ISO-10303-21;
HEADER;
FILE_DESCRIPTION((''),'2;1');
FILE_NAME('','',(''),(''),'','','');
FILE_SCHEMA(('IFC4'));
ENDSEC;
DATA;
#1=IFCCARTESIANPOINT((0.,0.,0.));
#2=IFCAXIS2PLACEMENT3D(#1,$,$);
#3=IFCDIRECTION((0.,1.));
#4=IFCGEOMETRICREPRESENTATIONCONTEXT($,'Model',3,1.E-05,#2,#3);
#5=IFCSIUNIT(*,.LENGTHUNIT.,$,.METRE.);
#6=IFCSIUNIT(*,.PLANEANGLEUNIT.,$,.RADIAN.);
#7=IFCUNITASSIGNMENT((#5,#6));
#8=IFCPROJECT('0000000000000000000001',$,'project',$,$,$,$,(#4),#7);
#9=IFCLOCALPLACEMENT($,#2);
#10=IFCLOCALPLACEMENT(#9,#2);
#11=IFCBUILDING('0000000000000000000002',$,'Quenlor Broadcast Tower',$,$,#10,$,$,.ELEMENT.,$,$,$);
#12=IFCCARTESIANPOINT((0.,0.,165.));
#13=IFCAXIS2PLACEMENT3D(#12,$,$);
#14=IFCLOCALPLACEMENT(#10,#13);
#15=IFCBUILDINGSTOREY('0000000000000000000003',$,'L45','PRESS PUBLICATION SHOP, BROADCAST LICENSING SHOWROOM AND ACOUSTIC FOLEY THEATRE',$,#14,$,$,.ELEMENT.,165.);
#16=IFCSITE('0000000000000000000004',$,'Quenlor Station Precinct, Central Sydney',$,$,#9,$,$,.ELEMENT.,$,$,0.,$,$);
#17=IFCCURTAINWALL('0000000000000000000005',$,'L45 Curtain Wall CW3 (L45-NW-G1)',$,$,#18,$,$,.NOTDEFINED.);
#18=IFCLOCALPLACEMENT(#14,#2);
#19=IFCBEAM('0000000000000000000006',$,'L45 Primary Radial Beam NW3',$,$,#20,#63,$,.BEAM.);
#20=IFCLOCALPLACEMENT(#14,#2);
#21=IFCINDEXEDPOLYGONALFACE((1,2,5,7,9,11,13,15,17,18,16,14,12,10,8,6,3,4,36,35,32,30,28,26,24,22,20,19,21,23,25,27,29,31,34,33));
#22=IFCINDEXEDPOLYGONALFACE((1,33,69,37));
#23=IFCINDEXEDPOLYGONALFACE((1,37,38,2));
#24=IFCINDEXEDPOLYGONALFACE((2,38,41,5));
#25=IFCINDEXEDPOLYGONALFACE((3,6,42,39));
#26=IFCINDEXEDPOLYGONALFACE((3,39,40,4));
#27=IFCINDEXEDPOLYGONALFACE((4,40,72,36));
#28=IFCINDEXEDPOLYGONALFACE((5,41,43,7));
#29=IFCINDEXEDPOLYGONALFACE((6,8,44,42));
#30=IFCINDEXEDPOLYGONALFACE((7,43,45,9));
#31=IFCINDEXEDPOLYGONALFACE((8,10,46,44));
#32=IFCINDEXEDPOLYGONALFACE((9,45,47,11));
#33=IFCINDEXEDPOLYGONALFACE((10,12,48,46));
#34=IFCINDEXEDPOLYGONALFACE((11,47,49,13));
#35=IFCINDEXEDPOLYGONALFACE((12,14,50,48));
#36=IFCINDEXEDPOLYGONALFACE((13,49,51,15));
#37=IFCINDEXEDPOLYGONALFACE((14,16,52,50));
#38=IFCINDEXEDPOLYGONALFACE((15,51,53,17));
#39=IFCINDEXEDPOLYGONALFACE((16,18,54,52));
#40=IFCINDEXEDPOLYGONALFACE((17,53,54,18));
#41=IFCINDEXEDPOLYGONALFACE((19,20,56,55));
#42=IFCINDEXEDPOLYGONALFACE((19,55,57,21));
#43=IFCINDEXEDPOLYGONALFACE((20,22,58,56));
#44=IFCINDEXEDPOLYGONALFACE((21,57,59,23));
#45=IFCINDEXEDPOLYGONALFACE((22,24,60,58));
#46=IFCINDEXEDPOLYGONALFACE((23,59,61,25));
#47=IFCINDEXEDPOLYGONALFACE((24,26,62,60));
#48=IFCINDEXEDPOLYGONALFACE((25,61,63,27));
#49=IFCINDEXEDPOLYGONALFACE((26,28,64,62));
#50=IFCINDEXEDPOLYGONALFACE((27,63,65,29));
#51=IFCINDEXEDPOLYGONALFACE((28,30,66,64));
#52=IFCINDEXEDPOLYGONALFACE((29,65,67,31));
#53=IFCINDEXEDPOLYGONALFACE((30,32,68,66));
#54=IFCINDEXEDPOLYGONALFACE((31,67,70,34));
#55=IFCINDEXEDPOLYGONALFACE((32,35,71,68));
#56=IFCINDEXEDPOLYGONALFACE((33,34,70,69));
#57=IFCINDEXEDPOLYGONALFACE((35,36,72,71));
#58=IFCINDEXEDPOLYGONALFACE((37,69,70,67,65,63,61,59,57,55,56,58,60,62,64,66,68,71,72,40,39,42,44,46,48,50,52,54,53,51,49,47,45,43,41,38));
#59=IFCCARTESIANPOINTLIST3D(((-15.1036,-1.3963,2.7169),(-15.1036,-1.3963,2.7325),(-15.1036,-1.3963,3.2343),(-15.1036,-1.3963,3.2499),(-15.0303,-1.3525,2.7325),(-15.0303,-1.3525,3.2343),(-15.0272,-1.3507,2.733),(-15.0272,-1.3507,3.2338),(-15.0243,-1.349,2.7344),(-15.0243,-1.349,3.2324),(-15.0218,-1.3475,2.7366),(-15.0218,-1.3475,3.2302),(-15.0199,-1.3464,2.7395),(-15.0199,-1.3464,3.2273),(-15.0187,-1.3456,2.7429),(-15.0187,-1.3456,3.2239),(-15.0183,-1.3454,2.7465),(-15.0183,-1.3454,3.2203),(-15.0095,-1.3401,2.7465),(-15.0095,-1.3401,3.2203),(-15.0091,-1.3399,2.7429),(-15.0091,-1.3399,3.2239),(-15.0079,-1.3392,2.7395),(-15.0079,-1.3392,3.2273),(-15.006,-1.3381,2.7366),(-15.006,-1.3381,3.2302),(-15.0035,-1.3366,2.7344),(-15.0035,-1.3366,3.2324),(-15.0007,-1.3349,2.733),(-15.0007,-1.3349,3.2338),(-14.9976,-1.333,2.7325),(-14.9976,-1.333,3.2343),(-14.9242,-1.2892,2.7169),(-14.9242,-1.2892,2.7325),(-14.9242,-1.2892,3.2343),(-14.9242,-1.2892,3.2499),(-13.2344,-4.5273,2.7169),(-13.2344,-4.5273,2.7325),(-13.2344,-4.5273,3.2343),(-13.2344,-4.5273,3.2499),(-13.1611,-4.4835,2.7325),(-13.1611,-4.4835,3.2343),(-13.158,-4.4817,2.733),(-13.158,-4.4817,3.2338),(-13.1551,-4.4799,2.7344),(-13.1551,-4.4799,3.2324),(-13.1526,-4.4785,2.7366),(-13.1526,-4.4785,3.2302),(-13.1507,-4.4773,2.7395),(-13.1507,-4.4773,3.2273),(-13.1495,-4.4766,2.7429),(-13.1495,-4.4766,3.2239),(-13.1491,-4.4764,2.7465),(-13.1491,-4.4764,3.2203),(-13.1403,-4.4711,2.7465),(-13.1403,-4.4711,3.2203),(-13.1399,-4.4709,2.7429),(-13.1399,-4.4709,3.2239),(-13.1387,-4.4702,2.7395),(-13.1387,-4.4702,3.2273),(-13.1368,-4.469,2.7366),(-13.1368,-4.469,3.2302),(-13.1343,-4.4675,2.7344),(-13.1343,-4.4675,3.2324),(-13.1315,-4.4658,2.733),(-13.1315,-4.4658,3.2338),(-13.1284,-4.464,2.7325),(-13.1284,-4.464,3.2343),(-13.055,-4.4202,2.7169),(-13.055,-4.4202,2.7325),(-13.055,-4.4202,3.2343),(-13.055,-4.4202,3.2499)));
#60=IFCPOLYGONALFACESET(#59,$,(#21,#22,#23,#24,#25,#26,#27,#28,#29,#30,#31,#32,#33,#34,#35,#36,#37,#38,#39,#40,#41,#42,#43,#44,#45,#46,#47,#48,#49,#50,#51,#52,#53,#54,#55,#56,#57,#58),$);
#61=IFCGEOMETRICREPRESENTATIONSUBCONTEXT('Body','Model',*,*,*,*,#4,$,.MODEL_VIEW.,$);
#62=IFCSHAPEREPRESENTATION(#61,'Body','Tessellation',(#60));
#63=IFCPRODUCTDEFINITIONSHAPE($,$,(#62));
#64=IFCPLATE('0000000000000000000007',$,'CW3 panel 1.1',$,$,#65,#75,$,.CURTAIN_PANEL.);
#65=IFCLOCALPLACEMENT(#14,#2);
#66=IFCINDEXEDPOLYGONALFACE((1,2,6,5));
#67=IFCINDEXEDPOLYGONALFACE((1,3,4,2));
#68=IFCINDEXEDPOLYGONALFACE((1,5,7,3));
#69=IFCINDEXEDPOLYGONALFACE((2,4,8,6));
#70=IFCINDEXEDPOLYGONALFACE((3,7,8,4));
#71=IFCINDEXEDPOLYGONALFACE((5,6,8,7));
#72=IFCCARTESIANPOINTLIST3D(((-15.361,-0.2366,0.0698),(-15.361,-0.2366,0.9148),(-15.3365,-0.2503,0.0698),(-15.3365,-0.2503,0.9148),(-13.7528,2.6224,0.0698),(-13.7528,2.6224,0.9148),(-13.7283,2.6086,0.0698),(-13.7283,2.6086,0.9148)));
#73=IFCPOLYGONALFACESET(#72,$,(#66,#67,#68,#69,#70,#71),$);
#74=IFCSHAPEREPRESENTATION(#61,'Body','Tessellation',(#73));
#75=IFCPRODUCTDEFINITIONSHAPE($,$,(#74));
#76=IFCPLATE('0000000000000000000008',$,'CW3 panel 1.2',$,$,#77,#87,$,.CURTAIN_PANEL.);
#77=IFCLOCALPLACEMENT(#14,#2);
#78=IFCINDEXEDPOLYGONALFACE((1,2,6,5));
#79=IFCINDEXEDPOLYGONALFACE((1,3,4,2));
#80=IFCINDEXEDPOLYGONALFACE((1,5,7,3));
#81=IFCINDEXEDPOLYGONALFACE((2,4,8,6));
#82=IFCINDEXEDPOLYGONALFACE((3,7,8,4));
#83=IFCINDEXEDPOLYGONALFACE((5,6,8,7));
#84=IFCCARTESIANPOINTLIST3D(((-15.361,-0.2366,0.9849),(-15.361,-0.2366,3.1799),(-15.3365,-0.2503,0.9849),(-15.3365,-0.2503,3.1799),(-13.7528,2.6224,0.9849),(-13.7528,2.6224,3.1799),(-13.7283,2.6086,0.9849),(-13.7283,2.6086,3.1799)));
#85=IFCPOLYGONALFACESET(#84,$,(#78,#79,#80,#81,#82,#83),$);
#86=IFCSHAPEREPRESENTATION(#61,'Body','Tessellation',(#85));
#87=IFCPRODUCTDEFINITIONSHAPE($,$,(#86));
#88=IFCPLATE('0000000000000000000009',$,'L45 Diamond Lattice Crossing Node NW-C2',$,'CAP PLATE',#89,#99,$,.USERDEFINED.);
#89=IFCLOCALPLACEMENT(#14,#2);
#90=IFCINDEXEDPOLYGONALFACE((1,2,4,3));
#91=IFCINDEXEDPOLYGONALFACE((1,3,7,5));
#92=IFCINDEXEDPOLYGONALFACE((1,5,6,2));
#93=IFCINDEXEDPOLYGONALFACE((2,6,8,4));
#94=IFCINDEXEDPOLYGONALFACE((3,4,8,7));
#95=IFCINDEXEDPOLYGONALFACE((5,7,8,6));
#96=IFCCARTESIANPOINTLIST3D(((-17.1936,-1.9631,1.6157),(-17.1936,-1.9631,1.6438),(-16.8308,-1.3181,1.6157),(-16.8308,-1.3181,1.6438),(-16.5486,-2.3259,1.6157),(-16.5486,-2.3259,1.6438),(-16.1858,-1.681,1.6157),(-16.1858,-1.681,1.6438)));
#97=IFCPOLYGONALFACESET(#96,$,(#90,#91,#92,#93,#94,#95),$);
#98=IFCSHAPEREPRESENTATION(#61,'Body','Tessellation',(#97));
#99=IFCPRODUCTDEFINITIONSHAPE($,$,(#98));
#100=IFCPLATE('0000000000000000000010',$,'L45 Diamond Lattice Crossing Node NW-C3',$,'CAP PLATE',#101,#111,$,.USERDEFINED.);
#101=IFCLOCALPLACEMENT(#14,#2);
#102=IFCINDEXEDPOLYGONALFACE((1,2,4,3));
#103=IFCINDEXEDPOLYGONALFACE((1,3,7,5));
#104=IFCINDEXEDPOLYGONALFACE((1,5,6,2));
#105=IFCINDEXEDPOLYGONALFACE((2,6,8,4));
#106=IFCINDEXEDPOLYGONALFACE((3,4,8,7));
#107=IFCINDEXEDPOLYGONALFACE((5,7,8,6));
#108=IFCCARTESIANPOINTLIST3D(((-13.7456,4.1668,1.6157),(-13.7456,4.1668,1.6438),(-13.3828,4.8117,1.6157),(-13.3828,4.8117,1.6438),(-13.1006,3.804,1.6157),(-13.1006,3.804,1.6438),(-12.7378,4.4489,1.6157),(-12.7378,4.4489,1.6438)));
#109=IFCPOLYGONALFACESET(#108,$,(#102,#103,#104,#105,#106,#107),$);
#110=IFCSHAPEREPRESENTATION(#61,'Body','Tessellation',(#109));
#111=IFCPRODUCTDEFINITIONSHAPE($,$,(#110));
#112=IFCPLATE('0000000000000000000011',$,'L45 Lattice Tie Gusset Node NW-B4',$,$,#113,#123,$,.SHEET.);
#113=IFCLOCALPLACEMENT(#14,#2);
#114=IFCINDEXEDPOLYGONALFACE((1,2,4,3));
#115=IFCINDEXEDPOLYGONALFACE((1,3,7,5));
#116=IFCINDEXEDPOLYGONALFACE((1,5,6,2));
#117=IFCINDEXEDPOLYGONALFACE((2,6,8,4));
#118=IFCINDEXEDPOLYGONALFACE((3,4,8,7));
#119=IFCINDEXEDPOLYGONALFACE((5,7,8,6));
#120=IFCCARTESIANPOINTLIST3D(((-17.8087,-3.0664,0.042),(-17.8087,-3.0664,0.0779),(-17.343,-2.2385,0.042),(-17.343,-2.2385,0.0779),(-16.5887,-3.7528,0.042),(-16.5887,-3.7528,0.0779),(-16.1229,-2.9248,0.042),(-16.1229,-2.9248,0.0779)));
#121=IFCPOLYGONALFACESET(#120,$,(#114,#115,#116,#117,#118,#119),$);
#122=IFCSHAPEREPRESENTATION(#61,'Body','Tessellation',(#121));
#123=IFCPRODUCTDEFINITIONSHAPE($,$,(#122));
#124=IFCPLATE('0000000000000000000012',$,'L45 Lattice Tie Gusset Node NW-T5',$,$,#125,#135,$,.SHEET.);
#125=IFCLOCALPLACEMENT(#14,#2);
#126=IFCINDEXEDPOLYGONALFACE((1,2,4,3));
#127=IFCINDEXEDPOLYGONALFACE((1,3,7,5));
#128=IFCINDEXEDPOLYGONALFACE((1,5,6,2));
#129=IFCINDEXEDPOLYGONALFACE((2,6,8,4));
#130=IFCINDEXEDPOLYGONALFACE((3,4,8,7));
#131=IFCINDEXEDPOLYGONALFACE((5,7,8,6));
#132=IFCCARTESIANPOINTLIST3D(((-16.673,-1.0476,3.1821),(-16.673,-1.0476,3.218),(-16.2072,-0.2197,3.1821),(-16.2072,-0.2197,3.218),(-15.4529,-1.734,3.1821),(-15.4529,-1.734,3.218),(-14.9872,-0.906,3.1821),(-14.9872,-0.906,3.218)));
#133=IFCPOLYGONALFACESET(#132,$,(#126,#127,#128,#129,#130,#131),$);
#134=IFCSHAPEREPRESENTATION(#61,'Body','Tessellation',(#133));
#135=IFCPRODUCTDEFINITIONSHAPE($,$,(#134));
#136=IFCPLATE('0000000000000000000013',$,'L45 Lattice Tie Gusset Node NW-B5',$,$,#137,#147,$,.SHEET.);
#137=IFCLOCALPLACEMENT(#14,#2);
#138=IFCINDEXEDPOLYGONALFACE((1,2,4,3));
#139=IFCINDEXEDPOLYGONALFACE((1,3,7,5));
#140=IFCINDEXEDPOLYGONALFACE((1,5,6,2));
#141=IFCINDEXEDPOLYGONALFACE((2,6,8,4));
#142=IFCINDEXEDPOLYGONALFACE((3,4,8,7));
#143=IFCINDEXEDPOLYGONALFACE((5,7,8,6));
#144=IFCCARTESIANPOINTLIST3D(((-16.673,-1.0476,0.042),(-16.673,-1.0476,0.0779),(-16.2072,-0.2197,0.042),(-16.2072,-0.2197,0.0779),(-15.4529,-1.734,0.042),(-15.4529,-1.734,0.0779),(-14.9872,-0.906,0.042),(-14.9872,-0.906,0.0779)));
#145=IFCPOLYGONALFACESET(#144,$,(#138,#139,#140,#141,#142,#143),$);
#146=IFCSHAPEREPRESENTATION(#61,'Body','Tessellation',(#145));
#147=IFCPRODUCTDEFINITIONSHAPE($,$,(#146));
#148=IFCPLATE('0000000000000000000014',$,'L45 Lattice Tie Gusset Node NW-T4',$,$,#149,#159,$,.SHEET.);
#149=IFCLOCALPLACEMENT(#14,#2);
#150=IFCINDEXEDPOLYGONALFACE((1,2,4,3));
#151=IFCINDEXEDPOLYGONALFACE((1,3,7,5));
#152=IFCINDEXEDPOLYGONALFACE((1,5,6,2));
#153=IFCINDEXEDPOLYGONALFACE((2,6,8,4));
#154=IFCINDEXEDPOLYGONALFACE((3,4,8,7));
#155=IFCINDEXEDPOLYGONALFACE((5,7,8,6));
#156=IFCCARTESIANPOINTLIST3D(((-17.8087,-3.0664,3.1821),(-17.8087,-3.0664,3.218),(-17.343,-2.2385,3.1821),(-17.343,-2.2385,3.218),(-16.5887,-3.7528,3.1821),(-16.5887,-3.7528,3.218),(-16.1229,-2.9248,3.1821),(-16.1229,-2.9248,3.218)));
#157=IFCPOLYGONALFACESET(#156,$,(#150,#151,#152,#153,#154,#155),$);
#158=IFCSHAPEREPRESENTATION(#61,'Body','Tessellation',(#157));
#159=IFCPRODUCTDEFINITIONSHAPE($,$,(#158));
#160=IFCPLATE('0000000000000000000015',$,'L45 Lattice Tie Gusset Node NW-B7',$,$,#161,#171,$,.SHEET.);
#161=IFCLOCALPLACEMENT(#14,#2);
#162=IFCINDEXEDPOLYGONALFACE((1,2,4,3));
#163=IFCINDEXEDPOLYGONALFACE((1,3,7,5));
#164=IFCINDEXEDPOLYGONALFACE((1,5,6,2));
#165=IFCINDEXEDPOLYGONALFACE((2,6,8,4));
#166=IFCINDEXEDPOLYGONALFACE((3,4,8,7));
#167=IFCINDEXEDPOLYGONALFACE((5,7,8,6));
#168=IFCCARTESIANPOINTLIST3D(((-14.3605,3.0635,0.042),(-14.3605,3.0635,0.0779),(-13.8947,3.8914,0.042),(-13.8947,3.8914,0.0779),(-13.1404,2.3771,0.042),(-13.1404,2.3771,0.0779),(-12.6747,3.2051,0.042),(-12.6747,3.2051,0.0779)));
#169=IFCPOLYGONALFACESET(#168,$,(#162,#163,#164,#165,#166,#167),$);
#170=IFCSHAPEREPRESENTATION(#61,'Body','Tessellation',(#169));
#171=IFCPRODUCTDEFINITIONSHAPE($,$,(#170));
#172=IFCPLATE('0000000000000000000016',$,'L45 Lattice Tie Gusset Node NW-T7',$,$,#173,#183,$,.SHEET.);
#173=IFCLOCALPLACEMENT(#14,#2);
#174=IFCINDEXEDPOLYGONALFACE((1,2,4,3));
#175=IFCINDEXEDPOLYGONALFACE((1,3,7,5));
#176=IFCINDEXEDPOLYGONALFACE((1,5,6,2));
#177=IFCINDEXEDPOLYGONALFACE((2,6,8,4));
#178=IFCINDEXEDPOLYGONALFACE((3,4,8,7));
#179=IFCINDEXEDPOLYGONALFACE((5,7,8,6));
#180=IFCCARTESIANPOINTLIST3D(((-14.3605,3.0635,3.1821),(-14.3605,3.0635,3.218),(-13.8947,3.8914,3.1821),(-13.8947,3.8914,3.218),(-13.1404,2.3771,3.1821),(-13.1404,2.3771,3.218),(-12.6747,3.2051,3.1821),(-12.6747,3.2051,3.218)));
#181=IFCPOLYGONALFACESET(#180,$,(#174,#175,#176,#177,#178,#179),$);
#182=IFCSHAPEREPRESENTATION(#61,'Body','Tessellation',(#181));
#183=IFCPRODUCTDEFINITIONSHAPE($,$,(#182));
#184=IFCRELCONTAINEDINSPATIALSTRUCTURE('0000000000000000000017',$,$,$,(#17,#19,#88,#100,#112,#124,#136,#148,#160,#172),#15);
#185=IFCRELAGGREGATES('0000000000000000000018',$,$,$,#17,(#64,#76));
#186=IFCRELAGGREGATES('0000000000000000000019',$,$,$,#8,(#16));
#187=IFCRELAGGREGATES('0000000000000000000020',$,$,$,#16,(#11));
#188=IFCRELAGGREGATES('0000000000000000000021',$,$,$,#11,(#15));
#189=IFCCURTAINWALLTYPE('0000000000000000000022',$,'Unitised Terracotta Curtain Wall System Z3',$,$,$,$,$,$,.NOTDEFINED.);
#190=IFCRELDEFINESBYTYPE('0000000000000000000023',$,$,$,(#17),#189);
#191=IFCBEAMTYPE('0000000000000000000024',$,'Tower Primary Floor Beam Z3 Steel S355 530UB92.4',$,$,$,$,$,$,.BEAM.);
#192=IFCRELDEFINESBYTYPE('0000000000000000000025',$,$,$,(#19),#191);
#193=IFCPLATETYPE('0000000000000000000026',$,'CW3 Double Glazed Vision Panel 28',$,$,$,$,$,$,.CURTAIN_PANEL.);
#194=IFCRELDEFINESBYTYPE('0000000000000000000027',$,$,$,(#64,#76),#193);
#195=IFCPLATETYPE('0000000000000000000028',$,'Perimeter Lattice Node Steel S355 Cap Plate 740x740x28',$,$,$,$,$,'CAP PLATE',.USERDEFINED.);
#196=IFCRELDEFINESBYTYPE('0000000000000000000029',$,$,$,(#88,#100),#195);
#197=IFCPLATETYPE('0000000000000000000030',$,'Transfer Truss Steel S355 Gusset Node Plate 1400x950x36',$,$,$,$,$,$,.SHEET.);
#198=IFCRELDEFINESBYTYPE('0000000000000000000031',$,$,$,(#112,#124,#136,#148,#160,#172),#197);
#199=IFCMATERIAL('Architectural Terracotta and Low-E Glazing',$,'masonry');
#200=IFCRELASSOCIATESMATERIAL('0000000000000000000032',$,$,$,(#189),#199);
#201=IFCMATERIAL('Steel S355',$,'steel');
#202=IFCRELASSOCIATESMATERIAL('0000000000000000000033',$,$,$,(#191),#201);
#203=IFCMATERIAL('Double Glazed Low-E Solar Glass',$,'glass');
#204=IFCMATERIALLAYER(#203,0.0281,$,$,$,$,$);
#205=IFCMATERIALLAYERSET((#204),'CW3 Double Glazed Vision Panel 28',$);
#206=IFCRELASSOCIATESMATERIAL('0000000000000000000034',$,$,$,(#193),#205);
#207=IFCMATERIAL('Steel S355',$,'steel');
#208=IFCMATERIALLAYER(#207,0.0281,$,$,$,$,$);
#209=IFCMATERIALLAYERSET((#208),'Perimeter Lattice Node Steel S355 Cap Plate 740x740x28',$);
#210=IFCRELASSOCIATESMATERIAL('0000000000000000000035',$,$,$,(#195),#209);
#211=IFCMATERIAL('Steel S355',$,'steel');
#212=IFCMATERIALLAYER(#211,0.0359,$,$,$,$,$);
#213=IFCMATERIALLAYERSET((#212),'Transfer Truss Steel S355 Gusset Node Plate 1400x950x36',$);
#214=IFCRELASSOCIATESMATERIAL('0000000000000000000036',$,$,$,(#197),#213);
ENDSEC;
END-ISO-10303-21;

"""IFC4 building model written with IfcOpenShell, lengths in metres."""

from ifc_helpers import new_model, si_unit, direction, frame, origin, origin_2d, place, context, subcontext, project, spatial, rectangle, i_section, extrude, material, layer, layer_set, material_profile, profile_set, type_object, element, aggregate, save


model = new_model("IFC4")

# Units and contexts
model_context = context("Model", 3, precision=1e-05, world=origin(), true_north=direction((0.0, 1.0)))
body_context = subcontext(model_context, "Body", "Model", "MODEL_VIEW")
ifc_project = project(units=[si_unit("LENGTHUNIT", "METRE"), si_unit("PLANEANGLEUNIT", "RADIAN")], contexts=[model_context])

# Site, building, storey
site_placement = place(None, origin())
site = spatial("IfcSite", under=ifc_project, at=site_placement, Name="Quenlor Station Precinct, Central Sydney", CompositionType="ELEMENT", RefElevation=0.0)
building_placement = place(site_placement, origin())
building = spatial("IfcBuilding", under=site, at=building_placement, Name="Quenlor Broadcast Tower", CompositionType="ELEMENT")
storey_placement = place(building_placement, frame((0.0, 0.0, 165.0)))
storey = spatial("IfcBuildingStorey", under=building, at=storey_placement, Name="L45", Description="PRESS PUBLICATION SHOP, BROADCAST LICENSING SHOWROOM AND ACOUSTIC FOLEY THEATRE", CompositionType="ELEMENT", Elevation=165.0)

# Curtain wall
ifc_material_1 = material(Name="Architectural Terracotta and Low-E Glazing", Category="masonry")
curtain_wall_type = type_object("IfcCurtainWallType", Name="Unitised Terracotta Curtain Wall System Z3", PredefinedType="NOTDEFINED", material=ifc_material_1)
curtain_wall_placement = place(storey_placement, origin())
curtain_wall = element("IfcCurtainWall", 1, at=curtain_wall_placement, inside=storey, type_object=curtain_wall_type, Name="L45 Curtain Wall CW3 (L45-NW-G1)", PredefinedType="NOTDEFINED")

# Beam
ifc_material_2 = material(Name="Steel S355", Category="steel")
ifc_material_profile_1 = material_profile(ifc_material_2, i_section(OverallWidth=0.209, OverallDepth=0.533, WebThickness=0.0103, FlangeThickness=0.0156, FilletRadius=0.0139, at=origin_2d()))
ifc_profile_set_1 = profile_set([ifc_material_profile_1], Name="Steel S355 530UB92.4")
beam_type_1 = type_object("IfcBeamType", Name="Tower Primary Floor Beam Z3 Steel S355 530UB92.4", PredefinedType="BEAM", material=ifc_profile_set_1)
beam_1_placement = place(storey_placement, frame((-15.0139, -1.3428, 2.9834), z_axis=(0.512604, -0.858625, 0.0), x_axis=(0.858625, 0.512604, 0.0)))
element("IfcBeam", 2, at=beam_1_placement, inside=storey, type_object=beam_type_1, Name="L45 Primary Radial Beam NW3", PredefinedType="BEAM", context=body_context, shape_type="SweptSolid", body=[
    extrude(i_section(OverallWidth=0.209, OverallDepth=0.533, WebThickness=0.0103, FlangeThickness=0.0156, FilletRadius=0.0139, at=origin_2d()), origin(), (0.0, 0.0, 1.0), 3.6465),
])

# Plates
ifc_material_3 = material(Name="Double Glazed Low-E Solar Glass", Category="glass")
ifc_layer_1 = layer(ifc_material_3, 0.0281)
ifc_layer_set_1 = layer_set([ifc_layer_1], Name="CW3 Double Glazed Vision Panel 28")
plate_type_1 = type_object("IfcPlateType", Name="CW3 Double Glazed Vision Panel 28", PredefinedType="CURTAIN_PANEL", material=ifc_layer_set_1)
plate_1_placement = place(storey_placement, frame((-14.5447, 1.186, 0.0698), z_axis=(0.0, 0.0, 1.0), x_axis=(0.490268, 0.871572, 0.0)))
plate_1 = element("IfcPlate", 3, at=plate_1_placement, type_object=plate_type_1, Name="CW3 panel 1.1", PredefinedType="CURTAIN_PANEL", context=body_context, shape_type="SweptSolid", body=[
    extrude(rectangle(XDim=3.2803, YDim=0.0281, at=origin_2d()), origin(), (0.0, 0.0, 1.0), 0.845),
])
plate_2_placement = place(storey_placement, frame((-14.5447, 1.186, 0.9849), z_axis=(0.0, 0.0, 1.0), x_axis=(0.490268, 0.871572, 0.0)))
plate_2 = element("IfcPlate", 4, at=plate_2_placement, type_object=plate_type_1, Name="CW3 panel 1.2", PredefinedType="CURTAIN_PANEL", context=body_context, shape_type="SweptSolid", body=[
    extrude(rectangle(XDim=3.2803, YDim=0.0281, at=origin_2d()), origin(), (0.0, 0.0, 1.0), 2.1951),
])
aggregate(curtain_wall, [plate_1, plate_2])

# Plates
ifc_material_4 = material(Name="Steel S355", Category="steel")
ifc_layer_2 = layer(ifc_material_4, 0.0281)
ifc_layer_set_2 = layer_set([ifc_layer_2], Name="Perimeter Lattice Node Steel S355 Cap Plate 740x740x28")
plate_type_2 = type_object("IfcPlateType", Name="Perimeter Lattice Node Steel S355 Cap Plate 740x740x28", ElementType="CAP PLATE", PredefinedType="USERDEFINED", material=ifc_layer_set_2)
for number, where, z_axis, x_axis, name in (
    (5, (-16.6897, -1.822, 1.6157), (0.0, 0.0, 1.0), (0.490295, 0.871556, 0.0), "L45 Diamond Lattice Crossing Node NW-C2"),
    (6, (-13.2417, 4.3079, 1.6157), (0.0, 0.0, 1.0), (0.490295, 0.871556, 0.0), "L45 Diamond Lattice Crossing Node NW-C3"),
):
    element("IfcPlate", number, at=place(storey_placement, frame(where, z_axis=z_axis, x_axis=x_axis)), inside=storey, type_object=plate_type_2, Name=name, ObjectType="CAP PLATE", PredefinedType="USERDEFINED", context=body_context, shape_type="SweptSolid", body=[
        extrude(rectangle(XDim=0.74, YDim=0.74, at=origin_2d()), origin(), (0.0, 0.0, 1.0), 0.0281),
    ])
ifc_material_5 = material(Name="Steel S355", Category="steel")
ifc_layer_3 = layer(ifc_material_5, 0.0359)
ifc_layer_set_3 = layer_set([ifc_layer_3], Name="Transfer Truss Steel S355 Gusset Node Plate 1400x950x36")
plate_type_3 = type_object("IfcPlateType", Name="Transfer Truss Steel S355 Gusset Node Plate 1400x950x36", PredefinedType="SHEET", material=ifc_layer_set_3)
for number, where, z_axis, x_axis, name in (
    (7, (-16.9658, -2.9956, 0.042), (0.0, 0.0, 1.0), (-0.871556, 0.490295, 0.0), "L45 Lattice Tie Gusset Node NW-B4"),
    (8, (-15.8301, -0.9768, 3.1821), (0.0, 0.0, 1.0), (-0.871556, 0.490295, 0.0), "L45 Lattice Tie Gusset Node NW-T5"),
    (9, (-15.8301, -0.9768, 0.042), (0.0, 0.0, 1.0), (-0.871556, 0.490295, 0.0), "L45 Lattice Tie Gusset Node NW-B5"),
    (10, (-16.9658, -2.9956, 3.1821), (0.0, 0.0, 1.0), (-0.871556, 0.490295, 0.0), "L45 Lattice Tie Gusset Node NW-T4"),
    (11, (-13.5176, 3.1343, 0.042), (0.0, 0.0, 1.0), (-0.871556, 0.490295, 0.0), "L45 Lattice Tie Gusset Node NW-B7"),
    (12, (-13.5176, 3.1343, 3.1821), (0.0, 0.0, 1.0), (-0.871556, 0.490295, 0.0), "L45 Lattice Tie Gusset Node NW-T7"),
):
    element("IfcPlate", number, at=place(storey_placement, frame(where, z_axis=z_axis, x_axis=x_axis)), inside=storey, type_object=plate_type_3, Name=name, PredefinedType="SHEET", context=body_context, shape_type="SweptSolid", body=[
        extrude(rectangle(XDim=1.3999, YDim=0.95, at=origin_2d()), origin(), (0.0, 0.0, 1.0), 0.0359),
    ])

save(model, "model.ifc")
